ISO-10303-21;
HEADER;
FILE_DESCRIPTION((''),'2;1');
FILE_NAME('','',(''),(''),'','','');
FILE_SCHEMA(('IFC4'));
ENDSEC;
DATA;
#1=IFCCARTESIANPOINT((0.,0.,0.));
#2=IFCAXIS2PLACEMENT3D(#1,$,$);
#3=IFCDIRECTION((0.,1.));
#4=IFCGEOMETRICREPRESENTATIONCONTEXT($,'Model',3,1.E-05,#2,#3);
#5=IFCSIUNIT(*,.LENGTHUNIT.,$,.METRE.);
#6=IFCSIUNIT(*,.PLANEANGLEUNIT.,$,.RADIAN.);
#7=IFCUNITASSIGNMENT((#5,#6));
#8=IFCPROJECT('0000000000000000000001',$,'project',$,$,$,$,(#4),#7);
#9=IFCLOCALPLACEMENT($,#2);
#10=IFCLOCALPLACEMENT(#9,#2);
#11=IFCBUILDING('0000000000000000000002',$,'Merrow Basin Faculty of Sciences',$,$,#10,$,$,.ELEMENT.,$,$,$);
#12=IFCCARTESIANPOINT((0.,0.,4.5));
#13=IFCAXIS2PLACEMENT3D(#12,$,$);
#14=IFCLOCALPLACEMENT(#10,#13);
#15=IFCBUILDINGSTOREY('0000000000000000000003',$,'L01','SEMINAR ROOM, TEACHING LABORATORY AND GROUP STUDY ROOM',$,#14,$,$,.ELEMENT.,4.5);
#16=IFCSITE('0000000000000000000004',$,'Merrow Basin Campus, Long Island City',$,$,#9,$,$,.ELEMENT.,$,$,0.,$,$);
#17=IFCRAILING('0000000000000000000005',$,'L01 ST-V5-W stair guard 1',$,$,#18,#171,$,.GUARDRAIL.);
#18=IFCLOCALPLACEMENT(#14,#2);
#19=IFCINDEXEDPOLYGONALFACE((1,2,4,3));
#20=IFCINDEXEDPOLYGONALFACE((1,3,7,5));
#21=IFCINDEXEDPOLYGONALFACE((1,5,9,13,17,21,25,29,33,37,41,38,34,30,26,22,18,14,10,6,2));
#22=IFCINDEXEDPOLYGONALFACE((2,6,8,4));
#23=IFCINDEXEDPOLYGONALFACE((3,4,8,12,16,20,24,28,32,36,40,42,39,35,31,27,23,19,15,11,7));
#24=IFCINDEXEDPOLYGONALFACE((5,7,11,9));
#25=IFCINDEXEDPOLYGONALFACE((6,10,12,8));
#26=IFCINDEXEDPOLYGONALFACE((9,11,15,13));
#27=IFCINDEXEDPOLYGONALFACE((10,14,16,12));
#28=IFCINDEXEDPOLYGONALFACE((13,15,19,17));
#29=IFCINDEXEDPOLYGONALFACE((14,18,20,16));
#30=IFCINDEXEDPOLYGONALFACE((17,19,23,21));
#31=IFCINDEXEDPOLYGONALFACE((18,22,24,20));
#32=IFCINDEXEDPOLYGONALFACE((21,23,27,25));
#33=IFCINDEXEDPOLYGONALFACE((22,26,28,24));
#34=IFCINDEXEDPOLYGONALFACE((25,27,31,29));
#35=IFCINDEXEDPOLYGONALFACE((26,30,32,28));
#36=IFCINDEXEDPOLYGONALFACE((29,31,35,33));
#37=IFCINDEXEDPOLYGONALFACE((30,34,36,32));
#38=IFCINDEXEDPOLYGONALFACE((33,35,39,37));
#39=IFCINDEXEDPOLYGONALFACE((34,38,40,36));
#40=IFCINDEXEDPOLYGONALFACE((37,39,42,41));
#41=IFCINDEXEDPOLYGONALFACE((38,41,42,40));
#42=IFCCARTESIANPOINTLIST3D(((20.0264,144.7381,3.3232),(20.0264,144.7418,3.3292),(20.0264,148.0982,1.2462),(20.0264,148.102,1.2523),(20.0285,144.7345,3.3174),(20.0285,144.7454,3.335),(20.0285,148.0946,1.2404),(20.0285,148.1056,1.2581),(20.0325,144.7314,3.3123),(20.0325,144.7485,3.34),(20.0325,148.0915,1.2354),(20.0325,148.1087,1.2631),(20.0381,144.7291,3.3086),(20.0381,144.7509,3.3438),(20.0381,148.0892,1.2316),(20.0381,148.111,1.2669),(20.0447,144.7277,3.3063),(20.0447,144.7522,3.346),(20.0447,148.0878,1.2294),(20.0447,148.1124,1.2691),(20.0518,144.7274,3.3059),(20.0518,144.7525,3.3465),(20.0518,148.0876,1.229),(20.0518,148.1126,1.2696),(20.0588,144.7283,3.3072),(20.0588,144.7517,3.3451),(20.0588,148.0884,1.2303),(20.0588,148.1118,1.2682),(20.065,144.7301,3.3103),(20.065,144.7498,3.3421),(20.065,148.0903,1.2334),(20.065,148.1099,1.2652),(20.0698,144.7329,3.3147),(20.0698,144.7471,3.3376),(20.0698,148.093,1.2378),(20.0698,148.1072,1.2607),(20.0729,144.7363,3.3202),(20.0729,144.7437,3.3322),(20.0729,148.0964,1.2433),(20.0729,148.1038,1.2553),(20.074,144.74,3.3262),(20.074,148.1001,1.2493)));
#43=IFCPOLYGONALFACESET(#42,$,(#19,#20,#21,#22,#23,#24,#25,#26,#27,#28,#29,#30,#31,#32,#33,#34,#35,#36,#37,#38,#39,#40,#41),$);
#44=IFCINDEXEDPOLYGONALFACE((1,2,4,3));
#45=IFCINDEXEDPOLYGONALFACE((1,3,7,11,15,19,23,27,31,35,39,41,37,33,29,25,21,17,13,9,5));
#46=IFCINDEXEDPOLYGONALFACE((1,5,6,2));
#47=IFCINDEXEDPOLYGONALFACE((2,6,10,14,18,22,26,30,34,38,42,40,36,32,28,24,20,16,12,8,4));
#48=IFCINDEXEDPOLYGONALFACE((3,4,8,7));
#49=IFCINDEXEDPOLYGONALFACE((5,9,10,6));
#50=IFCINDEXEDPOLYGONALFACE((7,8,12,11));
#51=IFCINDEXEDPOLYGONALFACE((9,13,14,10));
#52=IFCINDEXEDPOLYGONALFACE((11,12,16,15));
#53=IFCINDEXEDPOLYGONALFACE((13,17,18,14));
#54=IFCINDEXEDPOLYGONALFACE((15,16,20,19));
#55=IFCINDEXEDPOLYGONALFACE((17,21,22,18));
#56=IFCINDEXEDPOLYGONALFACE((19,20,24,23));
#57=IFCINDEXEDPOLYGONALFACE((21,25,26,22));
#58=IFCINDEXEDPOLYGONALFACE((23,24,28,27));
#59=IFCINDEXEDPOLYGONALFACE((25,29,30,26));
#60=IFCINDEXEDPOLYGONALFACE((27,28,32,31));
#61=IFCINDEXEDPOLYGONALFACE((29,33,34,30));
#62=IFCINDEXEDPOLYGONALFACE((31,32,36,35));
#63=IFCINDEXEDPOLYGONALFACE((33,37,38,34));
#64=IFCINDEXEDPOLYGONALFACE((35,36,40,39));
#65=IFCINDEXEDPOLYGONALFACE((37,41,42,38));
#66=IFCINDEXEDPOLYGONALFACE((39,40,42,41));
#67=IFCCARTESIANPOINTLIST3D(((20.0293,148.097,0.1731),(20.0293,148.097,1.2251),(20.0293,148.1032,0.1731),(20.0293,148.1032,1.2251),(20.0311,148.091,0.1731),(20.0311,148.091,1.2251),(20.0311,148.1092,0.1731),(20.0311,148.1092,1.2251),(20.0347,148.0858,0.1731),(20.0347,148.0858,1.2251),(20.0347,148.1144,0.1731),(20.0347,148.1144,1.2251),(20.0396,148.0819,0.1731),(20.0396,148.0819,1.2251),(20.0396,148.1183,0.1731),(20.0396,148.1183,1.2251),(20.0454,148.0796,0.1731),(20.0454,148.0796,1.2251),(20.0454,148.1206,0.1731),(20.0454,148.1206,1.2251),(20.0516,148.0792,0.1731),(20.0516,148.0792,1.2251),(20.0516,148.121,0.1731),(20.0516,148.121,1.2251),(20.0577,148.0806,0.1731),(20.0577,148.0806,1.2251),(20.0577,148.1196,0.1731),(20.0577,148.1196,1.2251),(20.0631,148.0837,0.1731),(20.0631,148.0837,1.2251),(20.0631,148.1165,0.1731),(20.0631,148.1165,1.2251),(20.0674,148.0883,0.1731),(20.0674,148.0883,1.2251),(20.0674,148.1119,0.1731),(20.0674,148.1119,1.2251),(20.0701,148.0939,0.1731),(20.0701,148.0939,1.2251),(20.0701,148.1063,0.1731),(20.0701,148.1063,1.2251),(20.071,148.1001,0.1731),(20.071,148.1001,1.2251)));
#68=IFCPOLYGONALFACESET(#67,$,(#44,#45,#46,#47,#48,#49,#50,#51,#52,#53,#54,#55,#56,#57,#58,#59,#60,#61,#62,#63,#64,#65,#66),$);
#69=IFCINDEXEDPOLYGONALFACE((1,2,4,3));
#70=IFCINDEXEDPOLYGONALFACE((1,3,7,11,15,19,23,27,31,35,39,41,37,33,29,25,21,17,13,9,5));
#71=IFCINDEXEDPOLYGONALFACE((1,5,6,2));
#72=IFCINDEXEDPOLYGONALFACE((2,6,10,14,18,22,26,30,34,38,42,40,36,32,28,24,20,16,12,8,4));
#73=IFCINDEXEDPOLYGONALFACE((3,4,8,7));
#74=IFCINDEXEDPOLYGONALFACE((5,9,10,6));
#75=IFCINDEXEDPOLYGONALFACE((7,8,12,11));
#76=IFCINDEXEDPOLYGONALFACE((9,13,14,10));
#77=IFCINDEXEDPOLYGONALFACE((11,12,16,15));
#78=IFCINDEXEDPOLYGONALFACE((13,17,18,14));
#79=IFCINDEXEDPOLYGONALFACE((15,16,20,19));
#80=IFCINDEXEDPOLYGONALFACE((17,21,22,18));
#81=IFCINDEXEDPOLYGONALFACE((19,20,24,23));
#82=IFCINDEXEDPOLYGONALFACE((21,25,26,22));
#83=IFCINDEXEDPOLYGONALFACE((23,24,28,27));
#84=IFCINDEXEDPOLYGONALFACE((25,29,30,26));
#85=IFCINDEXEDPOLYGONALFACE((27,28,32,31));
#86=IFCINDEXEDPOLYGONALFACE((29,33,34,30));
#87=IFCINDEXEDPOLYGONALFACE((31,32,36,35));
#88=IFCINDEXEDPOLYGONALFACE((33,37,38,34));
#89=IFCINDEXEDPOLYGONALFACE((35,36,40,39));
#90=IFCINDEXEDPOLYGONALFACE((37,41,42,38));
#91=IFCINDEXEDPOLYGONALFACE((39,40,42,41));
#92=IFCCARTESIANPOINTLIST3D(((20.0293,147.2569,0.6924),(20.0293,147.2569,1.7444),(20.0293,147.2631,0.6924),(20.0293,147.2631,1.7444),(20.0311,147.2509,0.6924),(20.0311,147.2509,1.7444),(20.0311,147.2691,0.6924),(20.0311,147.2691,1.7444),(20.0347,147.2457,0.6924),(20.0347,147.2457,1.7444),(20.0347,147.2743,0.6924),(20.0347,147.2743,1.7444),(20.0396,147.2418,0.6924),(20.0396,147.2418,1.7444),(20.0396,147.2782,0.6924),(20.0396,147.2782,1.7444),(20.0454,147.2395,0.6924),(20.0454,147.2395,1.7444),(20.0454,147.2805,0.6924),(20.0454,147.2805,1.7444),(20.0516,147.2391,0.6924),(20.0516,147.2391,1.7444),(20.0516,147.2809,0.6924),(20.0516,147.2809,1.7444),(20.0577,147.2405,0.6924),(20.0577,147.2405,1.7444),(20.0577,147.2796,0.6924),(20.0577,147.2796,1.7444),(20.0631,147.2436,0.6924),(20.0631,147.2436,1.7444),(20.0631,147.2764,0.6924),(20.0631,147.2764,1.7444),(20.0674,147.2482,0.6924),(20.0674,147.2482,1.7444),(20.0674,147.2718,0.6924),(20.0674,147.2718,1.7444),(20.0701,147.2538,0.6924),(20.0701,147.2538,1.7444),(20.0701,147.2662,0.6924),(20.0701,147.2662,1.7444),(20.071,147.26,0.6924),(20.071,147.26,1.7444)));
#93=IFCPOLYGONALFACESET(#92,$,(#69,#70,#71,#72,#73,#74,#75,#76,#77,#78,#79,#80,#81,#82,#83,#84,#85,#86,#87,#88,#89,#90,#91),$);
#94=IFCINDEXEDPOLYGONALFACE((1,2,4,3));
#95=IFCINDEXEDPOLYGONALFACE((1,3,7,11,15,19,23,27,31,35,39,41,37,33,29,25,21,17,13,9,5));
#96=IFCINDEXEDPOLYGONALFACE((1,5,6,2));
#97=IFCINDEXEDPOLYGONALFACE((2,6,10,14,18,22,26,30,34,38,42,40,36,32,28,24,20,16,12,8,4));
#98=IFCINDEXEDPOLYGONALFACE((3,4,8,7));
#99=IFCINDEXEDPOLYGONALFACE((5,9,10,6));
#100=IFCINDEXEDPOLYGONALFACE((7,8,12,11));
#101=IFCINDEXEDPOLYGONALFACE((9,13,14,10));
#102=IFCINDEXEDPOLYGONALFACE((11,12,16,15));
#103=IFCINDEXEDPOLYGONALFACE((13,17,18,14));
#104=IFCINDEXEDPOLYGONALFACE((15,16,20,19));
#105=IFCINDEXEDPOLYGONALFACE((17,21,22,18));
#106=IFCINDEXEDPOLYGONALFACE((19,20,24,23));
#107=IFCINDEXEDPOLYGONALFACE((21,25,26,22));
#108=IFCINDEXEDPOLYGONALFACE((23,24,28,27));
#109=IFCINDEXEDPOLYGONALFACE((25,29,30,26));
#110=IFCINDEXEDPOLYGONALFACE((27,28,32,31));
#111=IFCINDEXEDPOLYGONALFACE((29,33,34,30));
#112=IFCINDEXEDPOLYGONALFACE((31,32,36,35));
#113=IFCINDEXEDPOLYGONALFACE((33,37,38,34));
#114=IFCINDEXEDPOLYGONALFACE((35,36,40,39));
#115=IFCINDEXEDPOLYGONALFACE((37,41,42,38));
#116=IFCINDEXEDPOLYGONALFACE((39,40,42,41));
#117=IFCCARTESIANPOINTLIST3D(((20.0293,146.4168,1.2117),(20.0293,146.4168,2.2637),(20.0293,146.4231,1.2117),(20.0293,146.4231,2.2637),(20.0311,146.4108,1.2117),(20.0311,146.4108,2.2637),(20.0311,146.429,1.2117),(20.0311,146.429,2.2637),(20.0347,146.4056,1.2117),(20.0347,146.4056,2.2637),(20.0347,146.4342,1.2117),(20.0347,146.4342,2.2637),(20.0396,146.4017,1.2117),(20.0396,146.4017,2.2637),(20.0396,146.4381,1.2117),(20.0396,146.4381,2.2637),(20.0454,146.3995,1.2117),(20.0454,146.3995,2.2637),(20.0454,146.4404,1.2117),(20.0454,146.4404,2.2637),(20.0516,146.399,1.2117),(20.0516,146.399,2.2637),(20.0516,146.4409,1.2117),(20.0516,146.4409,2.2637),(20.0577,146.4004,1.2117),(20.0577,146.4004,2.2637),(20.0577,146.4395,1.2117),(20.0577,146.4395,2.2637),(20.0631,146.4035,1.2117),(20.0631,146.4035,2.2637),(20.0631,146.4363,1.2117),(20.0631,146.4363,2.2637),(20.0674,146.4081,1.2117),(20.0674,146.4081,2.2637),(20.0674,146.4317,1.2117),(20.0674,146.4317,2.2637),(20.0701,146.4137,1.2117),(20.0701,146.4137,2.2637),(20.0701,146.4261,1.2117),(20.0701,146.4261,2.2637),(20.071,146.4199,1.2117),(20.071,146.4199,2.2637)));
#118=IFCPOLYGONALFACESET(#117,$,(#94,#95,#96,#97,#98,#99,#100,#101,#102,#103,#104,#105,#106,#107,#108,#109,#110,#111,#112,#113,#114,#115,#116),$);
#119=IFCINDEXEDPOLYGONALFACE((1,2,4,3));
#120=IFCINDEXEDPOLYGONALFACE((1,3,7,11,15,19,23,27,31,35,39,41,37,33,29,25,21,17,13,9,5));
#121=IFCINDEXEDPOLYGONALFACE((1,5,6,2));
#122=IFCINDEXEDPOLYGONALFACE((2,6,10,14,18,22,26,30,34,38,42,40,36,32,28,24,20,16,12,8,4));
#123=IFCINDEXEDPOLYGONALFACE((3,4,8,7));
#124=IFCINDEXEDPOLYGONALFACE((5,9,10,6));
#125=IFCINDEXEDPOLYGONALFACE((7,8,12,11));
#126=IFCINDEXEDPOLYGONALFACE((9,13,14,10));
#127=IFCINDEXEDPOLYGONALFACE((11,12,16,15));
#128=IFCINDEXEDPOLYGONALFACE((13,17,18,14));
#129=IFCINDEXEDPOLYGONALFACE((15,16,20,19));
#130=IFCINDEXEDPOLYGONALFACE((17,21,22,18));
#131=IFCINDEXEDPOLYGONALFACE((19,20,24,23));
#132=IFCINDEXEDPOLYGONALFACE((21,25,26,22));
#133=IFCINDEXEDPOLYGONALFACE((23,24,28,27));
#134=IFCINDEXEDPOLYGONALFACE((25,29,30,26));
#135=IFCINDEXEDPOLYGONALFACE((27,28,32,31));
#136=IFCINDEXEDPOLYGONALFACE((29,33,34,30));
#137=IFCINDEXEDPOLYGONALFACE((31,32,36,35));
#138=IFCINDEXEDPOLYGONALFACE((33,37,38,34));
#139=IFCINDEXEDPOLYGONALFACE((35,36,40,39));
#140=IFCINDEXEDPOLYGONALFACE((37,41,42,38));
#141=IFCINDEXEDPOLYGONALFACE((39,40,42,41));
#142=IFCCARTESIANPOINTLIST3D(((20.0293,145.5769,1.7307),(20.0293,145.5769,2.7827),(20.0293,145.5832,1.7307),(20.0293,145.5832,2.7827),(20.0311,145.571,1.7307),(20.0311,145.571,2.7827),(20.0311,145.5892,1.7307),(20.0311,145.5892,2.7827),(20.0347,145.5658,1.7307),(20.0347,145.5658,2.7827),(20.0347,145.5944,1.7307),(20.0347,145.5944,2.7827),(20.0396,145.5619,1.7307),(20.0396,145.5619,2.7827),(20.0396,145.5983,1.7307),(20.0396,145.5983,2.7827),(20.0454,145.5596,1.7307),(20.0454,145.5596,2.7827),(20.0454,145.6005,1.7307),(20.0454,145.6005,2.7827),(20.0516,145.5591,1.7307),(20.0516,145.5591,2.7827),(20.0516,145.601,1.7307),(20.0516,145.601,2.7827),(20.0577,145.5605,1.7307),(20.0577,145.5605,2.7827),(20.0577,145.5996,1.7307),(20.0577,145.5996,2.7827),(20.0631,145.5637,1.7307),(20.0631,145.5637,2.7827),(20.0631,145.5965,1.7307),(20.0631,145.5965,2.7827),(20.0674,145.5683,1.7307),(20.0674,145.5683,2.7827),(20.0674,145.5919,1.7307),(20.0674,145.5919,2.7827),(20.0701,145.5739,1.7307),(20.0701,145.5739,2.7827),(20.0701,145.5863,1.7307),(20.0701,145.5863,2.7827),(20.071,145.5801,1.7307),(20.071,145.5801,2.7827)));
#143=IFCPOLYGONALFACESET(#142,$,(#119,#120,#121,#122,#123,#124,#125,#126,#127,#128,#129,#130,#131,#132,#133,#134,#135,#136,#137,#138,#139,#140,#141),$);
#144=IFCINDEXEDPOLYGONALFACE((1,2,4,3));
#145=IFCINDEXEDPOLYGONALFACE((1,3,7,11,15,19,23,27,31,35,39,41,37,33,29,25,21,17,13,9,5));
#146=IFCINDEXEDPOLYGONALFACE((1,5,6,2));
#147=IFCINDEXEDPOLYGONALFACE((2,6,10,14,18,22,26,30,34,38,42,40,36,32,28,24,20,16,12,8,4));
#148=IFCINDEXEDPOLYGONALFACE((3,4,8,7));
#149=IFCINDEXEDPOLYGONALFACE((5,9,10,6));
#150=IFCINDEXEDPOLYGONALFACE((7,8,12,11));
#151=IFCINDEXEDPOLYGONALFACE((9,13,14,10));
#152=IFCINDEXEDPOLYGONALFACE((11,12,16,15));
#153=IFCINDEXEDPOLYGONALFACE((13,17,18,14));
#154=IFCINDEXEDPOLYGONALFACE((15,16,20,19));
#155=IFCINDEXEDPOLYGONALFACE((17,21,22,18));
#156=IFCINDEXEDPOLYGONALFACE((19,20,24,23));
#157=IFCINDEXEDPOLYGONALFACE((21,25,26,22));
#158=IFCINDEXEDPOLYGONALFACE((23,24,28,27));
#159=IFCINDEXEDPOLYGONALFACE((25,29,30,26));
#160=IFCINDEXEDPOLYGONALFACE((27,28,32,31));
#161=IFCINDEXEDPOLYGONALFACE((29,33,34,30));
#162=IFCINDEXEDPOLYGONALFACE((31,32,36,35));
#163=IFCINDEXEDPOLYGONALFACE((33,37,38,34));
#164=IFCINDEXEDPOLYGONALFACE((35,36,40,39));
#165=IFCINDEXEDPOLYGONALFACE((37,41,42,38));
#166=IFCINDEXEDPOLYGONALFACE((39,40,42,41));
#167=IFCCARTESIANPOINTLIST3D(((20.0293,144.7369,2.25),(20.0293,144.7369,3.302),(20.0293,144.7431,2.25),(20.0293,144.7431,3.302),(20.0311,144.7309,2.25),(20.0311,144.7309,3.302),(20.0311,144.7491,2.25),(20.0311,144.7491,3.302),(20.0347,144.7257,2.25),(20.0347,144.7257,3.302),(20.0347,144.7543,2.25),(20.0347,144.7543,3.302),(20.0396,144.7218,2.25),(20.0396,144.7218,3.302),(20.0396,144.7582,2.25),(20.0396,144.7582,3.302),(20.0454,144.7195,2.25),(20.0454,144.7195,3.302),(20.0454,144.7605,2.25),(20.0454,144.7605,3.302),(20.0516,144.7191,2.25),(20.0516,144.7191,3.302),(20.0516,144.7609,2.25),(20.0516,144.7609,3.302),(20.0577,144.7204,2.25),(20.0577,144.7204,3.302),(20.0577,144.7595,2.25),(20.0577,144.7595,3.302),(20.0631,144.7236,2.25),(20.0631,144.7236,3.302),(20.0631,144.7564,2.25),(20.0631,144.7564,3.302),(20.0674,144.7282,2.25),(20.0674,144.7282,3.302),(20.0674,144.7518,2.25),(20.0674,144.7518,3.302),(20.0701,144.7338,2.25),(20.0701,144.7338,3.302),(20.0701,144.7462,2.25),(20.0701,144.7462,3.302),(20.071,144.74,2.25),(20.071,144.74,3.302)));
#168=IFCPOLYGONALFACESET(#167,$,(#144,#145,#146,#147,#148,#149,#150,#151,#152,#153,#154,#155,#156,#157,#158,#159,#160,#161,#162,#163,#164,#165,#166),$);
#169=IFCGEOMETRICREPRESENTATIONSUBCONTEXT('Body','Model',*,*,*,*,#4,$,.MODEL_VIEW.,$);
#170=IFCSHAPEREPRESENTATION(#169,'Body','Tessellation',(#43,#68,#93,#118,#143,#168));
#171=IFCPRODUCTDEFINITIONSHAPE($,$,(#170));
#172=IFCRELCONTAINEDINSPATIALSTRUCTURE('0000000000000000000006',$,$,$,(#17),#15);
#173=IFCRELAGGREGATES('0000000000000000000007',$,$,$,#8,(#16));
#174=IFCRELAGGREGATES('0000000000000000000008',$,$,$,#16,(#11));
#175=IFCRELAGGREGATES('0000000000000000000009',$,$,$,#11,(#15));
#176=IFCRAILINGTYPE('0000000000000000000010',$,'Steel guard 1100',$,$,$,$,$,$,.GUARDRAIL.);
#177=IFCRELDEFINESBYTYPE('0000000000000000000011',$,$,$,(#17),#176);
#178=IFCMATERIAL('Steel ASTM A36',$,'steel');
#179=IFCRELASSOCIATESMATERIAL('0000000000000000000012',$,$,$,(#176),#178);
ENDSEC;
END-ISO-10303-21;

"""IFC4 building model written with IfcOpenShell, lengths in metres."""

from ifc_helpers import new_model, si_unit, direction, frame, origin, origin_2d, place, context, subcontext, project, spatial, circle, extrude, material, type_object, element, save


model = new_model("IFC4")

# Units and contexts
model_context = context("Model", 3, precision=1e-05, world=origin(), true_north=direction((0.0, 1.0)))
body_context = subcontext(model_context, "Body", "Model", "MODEL_VIEW")
ifc_project = project(units=[si_unit("LENGTHUNIT", "METRE"), si_unit("PLANEANGLEUNIT", "RADIAN")], contexts=[model_context])

# Site, building, storey
site_placement = place(None, origin())
site = spatial("IfcSite", under=ifc_project, at=site_placement, Name="Merrow Basin Campus, Long Island City", CompositionType="ELEMENT", RefElevation=0.0)
building_placement = place(site_placement, origin())
building = spatial("IfcBuilding", under=site, at=building_placement, Name="Merrow Basin Faculty of Sciences", CompositionType="ELEMENT")
storey_placement = place(building_placement, frame((0.0, 0.0, 4.5)))
storey = spatial("IfcBuildingStorey", under=building, at=storey_placement, Name="L01", Description="SEMINAR ROOM, TEACHING LABORATORY AND GROUP STUDY ROOM", CompositionType="ELEMENT", Elevation=4.5)

# Railing
ifc_material_1 = material(Name="Steel ASTM A36", Category="steel")
railing_type_1 = type_object("IfcRailingType", Name="Steel guard 1100", PredefinedType="GUARDRAIL", material=ifc_material_1)
railing_1_placement = place(storey_placement, frame((20.05, 148.1001, 0.1731)))
element("IfcRailing", 1, at=railing_1_placement, inside=storey, type_object=railing_type_1, Name="L01 ST-V5-W stair guard 1", PredefinedType="GUARDRAIL", context=body_context, shape_type="SweptSolid", body=[
    extrude(circle(Radius=0.0239, at=origin_2d()), frame((0.0, 0.0, 1.0762), z_axis=(0.0, -0.850623, 0.525776), x_axis=(1.0, 0.0, 0.0)), (0.0, 0.0, 1.0), 3.9502),
    extrude(circle(Radius=0.021, at=origin_2d()), origin(), (0.0, 0.0, 1.0), 1.052),
    extrude(circle(Radius=0.021, at=origin_2d()), frame((0.0, -0.8401, 0.5193)), (0.0, 0.0, 1.0), 1.052),
    extrude(circle(Radius=0.021, at=origin_2d()), frame((0.0, -1.6802, 1.0386)), (0.0, 0.0, 1.0), 1.052),
    extrude(circle(Radius=0.021, at=origin_2d()), frame((0.0, -2.52, 1.5576)), (0.0, 0.0, 1.0), 1.052),
    extrude(circle(Radius=0.021, at=origin_2d()), frame((0.0, -3.3601, 2.0769)), (0.0, 0.0, 1.0), 1.052),
])

save(model, "model.ifc")
